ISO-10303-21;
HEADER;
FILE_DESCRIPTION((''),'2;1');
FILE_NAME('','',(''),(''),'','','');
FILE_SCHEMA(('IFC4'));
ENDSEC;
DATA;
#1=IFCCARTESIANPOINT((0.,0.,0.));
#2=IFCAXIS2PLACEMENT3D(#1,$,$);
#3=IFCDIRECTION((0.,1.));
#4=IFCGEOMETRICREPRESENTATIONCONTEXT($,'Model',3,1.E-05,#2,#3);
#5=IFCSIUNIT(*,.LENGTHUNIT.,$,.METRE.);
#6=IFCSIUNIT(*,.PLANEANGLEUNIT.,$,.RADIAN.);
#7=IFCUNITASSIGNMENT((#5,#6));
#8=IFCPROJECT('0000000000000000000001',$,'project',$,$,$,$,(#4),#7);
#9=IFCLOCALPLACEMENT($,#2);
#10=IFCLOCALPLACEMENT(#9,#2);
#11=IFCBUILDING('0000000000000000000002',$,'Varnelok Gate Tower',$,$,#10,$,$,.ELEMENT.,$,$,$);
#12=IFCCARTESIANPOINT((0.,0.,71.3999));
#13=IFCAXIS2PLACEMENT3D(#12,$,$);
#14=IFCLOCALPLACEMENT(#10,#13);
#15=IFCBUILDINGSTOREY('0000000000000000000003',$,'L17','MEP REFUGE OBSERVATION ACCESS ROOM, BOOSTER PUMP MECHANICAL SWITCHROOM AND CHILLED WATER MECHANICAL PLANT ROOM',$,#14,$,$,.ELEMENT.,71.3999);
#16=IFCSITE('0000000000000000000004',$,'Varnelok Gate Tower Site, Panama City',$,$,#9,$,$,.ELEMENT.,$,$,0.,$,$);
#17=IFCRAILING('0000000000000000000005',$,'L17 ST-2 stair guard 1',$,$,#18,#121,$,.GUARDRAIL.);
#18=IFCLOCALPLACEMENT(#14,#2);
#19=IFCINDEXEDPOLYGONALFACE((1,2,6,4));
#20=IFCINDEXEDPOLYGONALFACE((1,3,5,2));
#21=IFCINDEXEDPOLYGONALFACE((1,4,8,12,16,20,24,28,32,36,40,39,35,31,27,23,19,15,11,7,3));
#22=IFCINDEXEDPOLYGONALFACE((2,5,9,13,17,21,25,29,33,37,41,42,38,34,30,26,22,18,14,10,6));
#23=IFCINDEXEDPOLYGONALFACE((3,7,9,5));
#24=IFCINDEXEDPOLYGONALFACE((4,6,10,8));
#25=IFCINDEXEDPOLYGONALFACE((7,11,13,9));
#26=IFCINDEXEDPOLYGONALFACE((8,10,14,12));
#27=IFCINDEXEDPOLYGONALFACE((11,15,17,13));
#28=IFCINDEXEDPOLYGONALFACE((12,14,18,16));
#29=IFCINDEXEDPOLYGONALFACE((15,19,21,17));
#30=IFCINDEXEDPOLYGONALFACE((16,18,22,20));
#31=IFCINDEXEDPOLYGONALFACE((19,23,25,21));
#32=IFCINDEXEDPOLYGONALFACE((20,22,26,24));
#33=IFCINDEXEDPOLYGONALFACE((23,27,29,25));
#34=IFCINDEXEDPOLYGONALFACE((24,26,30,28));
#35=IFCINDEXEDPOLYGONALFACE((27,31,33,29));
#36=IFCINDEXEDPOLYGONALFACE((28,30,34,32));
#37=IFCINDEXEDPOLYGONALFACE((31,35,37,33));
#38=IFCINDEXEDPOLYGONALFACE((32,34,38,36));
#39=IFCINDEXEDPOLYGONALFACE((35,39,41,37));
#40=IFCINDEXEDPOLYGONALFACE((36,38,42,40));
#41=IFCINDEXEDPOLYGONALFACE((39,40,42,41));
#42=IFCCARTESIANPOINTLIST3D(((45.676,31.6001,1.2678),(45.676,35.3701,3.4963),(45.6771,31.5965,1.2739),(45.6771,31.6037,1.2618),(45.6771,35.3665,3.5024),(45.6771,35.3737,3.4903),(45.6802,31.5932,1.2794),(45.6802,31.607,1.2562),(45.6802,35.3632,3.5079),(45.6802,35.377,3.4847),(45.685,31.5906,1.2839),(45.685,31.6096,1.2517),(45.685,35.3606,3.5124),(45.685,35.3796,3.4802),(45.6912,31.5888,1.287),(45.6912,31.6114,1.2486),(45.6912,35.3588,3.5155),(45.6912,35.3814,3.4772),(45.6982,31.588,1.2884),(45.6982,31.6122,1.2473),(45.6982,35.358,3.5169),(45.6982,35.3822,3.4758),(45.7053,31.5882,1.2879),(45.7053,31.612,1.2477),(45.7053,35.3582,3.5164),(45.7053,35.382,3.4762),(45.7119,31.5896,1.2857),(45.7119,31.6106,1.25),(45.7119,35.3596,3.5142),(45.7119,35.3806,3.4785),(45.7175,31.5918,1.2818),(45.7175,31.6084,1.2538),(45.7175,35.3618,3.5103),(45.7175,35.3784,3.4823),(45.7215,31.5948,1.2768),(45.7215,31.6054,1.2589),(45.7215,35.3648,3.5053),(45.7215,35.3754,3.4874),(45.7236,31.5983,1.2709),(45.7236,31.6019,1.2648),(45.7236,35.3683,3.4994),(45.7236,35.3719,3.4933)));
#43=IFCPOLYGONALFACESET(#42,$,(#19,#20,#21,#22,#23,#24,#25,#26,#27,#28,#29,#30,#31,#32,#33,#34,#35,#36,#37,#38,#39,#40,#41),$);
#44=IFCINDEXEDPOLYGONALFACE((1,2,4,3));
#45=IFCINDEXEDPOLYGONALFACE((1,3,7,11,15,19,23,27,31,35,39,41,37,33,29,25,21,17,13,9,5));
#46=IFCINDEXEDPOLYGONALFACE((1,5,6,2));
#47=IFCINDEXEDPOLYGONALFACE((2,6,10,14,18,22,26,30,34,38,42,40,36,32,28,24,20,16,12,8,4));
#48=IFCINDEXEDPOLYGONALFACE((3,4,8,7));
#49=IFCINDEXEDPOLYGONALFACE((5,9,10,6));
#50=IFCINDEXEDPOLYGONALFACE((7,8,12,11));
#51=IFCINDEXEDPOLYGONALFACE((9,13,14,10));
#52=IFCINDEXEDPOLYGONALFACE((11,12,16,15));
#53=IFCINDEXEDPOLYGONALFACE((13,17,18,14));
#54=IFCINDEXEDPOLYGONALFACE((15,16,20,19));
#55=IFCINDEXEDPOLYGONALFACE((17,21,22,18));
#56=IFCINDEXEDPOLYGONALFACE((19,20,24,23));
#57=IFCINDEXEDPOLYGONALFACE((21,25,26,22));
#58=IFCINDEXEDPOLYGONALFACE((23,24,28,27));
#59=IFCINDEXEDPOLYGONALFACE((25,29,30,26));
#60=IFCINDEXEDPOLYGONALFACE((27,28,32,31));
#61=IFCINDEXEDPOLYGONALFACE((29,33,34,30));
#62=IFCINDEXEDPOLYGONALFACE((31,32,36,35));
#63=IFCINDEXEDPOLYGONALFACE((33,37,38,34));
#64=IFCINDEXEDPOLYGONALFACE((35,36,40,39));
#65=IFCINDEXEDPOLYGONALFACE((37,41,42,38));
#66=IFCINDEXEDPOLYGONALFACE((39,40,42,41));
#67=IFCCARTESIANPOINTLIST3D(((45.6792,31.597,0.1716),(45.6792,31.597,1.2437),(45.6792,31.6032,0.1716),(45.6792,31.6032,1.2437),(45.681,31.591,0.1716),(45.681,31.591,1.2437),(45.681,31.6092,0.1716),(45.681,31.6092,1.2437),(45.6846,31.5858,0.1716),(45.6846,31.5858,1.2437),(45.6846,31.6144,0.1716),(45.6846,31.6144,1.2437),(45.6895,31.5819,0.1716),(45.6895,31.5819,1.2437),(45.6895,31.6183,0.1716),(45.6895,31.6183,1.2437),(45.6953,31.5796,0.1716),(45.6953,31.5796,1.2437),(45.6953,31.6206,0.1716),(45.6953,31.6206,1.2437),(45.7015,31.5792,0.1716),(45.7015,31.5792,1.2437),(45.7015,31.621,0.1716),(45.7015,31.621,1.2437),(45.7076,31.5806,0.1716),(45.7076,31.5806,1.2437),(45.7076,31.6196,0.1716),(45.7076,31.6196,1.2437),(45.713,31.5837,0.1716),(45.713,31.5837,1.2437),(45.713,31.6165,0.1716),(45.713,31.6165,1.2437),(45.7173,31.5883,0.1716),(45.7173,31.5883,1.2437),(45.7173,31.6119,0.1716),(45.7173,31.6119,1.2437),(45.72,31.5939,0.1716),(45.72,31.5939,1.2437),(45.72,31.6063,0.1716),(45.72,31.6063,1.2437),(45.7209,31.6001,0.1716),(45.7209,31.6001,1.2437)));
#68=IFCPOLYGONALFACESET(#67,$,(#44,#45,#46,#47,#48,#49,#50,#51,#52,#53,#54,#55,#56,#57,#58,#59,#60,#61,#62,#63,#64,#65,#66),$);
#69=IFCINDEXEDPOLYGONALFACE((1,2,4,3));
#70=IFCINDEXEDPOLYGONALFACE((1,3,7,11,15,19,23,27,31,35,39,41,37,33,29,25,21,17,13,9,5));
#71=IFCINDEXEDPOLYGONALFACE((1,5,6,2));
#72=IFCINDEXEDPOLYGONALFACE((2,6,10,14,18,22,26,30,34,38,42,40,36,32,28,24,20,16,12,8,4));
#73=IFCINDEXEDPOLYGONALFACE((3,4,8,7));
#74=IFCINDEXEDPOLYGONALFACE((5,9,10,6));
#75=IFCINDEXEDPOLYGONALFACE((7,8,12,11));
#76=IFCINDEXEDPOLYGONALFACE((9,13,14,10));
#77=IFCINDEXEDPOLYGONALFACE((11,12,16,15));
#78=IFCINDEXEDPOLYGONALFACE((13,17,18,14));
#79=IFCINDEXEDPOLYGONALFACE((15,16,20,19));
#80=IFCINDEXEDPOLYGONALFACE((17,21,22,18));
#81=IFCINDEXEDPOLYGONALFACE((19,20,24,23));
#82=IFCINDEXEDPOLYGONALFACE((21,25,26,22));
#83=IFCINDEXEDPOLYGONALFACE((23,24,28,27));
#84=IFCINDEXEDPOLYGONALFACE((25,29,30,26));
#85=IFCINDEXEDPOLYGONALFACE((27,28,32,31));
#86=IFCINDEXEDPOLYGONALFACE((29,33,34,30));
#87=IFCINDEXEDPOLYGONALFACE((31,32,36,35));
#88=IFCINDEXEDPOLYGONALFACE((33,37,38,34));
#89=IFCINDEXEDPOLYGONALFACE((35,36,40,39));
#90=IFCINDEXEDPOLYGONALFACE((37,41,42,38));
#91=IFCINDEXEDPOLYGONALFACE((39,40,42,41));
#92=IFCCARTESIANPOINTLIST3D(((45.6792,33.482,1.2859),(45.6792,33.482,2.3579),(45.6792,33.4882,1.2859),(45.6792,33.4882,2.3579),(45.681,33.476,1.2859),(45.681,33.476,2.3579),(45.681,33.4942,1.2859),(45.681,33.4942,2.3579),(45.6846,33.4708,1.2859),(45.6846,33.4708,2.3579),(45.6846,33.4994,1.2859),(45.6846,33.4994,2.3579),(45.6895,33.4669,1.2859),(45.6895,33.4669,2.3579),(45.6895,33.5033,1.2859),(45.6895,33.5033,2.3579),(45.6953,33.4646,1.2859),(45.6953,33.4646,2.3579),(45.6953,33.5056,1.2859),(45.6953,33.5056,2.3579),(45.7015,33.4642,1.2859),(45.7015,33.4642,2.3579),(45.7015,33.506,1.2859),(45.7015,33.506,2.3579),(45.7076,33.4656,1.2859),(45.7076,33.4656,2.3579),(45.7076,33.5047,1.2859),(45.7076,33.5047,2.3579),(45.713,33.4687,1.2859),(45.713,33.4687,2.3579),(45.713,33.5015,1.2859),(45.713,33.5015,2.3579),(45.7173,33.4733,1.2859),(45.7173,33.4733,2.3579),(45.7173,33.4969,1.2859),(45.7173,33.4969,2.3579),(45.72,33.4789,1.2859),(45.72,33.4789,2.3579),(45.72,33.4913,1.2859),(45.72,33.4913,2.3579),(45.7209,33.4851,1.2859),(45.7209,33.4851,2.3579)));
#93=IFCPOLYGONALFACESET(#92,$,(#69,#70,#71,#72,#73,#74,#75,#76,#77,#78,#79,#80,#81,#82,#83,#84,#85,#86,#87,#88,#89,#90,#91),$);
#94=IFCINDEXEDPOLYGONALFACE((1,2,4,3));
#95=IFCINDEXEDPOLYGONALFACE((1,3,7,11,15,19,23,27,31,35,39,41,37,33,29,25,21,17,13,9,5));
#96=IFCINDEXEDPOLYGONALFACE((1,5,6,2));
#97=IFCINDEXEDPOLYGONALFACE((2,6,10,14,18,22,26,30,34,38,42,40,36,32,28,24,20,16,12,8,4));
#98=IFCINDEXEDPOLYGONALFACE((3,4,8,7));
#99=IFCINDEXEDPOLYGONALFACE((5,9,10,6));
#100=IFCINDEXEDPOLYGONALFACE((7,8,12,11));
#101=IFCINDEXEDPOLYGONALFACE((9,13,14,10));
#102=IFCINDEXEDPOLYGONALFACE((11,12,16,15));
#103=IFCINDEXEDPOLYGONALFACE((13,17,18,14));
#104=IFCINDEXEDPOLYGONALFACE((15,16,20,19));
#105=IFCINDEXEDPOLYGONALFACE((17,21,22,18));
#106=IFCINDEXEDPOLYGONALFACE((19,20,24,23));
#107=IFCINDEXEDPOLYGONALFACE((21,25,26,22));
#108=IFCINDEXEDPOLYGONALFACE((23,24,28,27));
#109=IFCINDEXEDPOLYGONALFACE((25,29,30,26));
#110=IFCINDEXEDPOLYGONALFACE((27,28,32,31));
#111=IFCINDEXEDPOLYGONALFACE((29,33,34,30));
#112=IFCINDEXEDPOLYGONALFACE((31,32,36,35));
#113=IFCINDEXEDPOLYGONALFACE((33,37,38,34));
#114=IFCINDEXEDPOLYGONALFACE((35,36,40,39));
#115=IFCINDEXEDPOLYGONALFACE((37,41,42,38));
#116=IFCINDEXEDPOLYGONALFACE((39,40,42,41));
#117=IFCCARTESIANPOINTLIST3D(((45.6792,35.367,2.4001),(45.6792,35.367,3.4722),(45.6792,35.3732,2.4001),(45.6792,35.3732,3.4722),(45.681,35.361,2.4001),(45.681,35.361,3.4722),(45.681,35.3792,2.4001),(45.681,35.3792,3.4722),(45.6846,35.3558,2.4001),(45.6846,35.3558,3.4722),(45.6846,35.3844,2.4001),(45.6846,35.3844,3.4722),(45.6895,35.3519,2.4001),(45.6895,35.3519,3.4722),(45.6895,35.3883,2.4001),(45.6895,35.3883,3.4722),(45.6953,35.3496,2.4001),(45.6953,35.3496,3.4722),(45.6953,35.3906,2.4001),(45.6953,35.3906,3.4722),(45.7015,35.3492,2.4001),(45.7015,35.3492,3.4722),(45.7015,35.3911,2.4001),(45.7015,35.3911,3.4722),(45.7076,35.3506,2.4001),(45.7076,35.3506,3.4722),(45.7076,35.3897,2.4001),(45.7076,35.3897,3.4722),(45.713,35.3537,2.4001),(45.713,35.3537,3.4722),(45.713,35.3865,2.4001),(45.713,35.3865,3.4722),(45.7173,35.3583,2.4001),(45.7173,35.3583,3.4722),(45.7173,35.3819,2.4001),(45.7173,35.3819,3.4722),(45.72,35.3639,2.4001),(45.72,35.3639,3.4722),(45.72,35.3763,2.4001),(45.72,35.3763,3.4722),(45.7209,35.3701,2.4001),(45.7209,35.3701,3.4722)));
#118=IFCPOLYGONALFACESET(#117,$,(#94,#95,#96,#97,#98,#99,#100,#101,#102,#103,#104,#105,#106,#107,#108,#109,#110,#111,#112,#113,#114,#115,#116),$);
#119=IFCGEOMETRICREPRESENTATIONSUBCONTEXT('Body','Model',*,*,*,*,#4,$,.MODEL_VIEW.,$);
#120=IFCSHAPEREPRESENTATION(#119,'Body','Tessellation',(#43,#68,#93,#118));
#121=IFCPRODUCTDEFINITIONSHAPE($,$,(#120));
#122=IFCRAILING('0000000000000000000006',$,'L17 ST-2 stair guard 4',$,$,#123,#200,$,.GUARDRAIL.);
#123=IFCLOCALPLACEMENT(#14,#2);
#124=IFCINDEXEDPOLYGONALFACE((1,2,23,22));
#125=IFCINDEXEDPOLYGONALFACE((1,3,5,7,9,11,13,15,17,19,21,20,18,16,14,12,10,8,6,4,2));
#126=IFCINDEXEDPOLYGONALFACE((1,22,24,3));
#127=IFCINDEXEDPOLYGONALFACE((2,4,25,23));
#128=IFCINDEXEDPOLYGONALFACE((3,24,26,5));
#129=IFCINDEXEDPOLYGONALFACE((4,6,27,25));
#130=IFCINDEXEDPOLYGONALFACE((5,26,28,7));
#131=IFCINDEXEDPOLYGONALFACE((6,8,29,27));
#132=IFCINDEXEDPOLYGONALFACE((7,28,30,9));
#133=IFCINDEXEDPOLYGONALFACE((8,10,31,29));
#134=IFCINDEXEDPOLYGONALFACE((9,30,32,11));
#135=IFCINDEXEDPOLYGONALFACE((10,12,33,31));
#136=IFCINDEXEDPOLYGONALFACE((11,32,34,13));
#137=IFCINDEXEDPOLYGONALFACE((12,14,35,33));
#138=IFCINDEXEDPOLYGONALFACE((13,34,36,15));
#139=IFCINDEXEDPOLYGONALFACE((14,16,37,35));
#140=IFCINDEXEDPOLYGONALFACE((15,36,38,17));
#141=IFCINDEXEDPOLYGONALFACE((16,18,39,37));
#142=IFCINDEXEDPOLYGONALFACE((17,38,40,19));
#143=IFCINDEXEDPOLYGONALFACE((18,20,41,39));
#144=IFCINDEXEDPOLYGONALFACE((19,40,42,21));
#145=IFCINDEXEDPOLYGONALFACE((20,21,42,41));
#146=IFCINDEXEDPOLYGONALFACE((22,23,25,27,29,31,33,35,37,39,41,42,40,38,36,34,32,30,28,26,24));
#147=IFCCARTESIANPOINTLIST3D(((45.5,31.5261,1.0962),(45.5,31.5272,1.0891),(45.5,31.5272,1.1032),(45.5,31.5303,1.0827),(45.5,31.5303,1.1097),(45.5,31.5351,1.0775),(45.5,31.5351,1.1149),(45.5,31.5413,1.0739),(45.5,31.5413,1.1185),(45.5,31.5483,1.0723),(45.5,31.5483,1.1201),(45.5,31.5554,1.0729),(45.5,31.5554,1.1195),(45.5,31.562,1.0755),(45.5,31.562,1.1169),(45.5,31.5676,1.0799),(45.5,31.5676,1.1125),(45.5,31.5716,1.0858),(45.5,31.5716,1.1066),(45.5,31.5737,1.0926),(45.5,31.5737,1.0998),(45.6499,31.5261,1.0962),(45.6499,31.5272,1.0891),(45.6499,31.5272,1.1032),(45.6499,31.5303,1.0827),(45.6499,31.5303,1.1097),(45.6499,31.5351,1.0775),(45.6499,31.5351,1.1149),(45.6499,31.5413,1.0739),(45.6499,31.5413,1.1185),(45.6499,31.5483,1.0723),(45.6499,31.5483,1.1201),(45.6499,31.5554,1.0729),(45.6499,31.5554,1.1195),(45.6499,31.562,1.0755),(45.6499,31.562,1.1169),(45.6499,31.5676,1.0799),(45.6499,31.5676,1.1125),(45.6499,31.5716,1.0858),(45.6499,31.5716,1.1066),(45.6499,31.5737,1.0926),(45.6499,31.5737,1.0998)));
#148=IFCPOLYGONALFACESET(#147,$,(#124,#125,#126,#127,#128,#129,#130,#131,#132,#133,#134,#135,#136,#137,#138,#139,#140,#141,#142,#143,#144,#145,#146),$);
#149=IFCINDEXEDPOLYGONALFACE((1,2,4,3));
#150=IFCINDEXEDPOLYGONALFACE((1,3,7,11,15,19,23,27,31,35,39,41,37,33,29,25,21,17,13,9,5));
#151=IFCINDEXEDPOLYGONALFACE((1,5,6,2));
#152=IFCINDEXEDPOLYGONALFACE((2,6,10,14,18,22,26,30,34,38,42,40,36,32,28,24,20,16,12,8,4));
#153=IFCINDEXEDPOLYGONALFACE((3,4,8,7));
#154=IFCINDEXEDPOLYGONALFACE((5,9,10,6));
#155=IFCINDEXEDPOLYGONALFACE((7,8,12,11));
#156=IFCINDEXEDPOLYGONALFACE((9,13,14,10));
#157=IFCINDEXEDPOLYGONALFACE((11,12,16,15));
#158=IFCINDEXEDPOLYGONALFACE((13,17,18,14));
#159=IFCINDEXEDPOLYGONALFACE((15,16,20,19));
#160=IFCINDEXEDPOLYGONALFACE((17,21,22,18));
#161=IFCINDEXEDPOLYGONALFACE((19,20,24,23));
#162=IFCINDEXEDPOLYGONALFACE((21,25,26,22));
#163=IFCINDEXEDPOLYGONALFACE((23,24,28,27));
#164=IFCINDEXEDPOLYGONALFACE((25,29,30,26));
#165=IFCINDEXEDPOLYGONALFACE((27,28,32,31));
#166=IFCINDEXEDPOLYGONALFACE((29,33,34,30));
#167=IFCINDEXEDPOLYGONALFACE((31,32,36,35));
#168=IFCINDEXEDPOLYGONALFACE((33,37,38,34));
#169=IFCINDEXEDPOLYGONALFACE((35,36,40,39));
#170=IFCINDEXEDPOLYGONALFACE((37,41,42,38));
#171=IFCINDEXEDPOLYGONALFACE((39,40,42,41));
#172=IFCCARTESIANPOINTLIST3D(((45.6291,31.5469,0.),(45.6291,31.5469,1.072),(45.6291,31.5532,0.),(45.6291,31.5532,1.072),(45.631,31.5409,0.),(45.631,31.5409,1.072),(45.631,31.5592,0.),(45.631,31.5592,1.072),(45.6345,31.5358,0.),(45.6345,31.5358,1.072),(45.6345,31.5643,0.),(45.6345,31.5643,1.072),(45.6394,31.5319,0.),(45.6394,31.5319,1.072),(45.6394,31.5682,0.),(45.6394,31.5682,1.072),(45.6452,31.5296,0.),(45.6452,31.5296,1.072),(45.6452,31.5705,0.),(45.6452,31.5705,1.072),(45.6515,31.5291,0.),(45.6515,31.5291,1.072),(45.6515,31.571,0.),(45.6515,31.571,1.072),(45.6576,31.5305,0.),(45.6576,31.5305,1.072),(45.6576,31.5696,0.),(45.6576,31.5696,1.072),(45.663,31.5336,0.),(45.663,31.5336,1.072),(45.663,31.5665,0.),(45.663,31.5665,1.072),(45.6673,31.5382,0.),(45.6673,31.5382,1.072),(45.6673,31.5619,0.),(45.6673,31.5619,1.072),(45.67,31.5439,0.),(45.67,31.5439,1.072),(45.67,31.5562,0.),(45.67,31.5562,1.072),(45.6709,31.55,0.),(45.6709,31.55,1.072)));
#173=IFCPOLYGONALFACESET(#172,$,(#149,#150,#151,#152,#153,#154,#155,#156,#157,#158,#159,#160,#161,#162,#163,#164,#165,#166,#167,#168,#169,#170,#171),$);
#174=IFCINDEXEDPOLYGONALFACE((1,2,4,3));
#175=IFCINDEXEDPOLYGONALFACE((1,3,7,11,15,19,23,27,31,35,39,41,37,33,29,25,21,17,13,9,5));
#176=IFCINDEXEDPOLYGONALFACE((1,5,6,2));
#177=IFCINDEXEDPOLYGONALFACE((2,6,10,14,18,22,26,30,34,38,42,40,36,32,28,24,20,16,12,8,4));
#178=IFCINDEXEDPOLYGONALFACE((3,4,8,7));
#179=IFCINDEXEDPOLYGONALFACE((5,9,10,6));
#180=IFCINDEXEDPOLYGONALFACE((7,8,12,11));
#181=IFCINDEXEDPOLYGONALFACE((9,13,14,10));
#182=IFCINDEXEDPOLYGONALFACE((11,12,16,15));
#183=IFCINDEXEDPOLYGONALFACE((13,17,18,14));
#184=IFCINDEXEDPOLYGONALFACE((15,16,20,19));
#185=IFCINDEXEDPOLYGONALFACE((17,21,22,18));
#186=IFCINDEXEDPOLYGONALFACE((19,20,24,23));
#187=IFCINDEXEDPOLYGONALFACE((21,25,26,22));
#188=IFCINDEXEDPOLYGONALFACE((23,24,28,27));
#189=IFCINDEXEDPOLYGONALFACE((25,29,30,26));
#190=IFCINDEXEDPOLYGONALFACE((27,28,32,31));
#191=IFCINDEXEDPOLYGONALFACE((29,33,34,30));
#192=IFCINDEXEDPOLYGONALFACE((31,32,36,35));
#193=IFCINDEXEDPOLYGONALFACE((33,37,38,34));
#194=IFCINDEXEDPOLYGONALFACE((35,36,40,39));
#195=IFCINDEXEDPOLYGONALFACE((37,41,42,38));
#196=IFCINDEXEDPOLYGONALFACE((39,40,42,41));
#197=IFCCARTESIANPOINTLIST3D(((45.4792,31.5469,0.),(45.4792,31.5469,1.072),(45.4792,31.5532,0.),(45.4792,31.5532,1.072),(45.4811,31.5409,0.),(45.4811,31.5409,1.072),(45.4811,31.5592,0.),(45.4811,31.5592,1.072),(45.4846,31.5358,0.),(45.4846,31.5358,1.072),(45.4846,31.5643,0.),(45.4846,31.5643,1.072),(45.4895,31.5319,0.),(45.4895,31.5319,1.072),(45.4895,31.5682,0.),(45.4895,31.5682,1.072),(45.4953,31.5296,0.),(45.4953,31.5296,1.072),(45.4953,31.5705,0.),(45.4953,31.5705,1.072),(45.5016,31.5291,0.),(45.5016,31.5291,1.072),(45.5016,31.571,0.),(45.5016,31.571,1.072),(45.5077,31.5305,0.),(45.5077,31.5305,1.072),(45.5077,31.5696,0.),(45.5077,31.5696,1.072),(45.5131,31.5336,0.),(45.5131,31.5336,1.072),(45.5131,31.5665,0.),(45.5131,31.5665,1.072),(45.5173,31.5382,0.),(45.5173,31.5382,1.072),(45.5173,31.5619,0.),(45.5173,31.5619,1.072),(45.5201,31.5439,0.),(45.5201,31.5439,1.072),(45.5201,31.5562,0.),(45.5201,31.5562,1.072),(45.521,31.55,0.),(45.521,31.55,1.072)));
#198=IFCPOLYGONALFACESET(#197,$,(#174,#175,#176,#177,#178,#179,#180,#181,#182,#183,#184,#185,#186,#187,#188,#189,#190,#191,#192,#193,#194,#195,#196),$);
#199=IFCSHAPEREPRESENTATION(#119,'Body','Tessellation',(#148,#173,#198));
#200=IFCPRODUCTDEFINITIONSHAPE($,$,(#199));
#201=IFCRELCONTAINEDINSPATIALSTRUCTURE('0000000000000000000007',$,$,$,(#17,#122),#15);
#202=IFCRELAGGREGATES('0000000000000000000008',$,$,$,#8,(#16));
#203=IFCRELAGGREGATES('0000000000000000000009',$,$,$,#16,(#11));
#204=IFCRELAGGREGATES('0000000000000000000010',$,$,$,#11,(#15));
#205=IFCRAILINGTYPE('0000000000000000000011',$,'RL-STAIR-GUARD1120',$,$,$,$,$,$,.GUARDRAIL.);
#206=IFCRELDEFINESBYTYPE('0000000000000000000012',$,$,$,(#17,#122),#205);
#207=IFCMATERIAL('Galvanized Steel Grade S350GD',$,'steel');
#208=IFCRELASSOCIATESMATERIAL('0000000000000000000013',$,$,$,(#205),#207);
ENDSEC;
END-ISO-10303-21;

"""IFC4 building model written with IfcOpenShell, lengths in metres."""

from ifc_helpers import new_model, si_unit, direction, frame, origin, origin_2d, place, context, subcontext, project, spatial, circle, extrude, material, type_object, element, save


model = new_model("IFC4")

# Units and contexts
model_context = context("Model", 3, precision=1e-05, world=origin(), true_north=direction((0.0, 1.0)))
body_context = subcontext(model_context, "Body", "Model", "MODEL_VIEW")
ifc_project = project(units=[si_unit("LENGTHUNIT", "METRE"), si_unit("PLANEANGLEUNIT", "RADIAN")], contexts=[model_context])

# Site, building, storey
site_placement = place(None, origin())
site = spatial("IfcSite", under=ifc_project, at=site_placement, Name="Varnelok Gate Tower Site, Panama City", CompositionType="ELEMENT", RefElevation=0.0)
building_placement = place(site_placement, origin())
building = spatial("IfcBuilding", under=site, at=building_placement, Name="Varnelok Gate Tower", CompositionType="ELEMENT")
storey_placement = place(building_placement, frame((0.0, 0.0, 71.3999)))
storey = spatial("IfcBuildingStorey", under=building, at=storey_placement, Name="L17", Description="MEP REFUGE OBSERVATION ACCESS ROOM, BOOSTER PUMP MECHANICAL SWITCHROOM AND CHILLED WATER MECHANICAL PLANT ROOM", CompositionType="ELEMENT", Elevation=71.3999)

# Shared definitions
ifc_material_1 = material(Name="Galvanized Steel Grade S350GD", Category="steel")

# Railings
railing_type_1 = type_object("IfcRailingType", Name="RL-STAIR-GUARD1120", PredefinedType="GUARDRAIL", material=ifc_material_1)
railing_1_placement = place(storey_placement, frame((45.7, 31.6001, 0.1716)))
element("IfcRailing", 1, at=railing_1_placement, inside=storey, type_object=railing_type_1, Name="L17 ST-2 stair guard 1", PredefinedType="GUARDRAIL", context=body_context, shape_type="SweptSolid", body=[
    extrude(circle(Radius=0.0239, at=origin_2d()), frame((0.0, 0.0, 1.0962), z_axis=(0.0, 0.860849, 0.508861), x_axis=(-1.0, 0.0, 0.0)), (0.0, 0.0, 1.0), 4.3794),
    extrude(circle(Radius=0.021, at=origin_2d()), origin(), (0.0, 0.0, 1.0), 1.072),
    extrude(circle(Radius=0.021, at=origin_2d()), frame((0.0, 1.885, 1.1143)), (0.0, 0.0, 1.0), 1.072),
    extrude(circle(Radius=0.021, at=origin_2d()), frame((0.0, 3.77, 2.2285)), (0.0, 0.0, 1.0), 1.072),
])
railing_2_placement = place(storey_placement, frame((45.6499, 31.55, 0.0)))
element("IfcRailing", 2, at=railing_2_placement, inside=storey, type_object=railing_type_1, Name="L17 ST-2 stair guard 4", PredefinedType="GUARDRAIL", context=body_context, shape_type="SweptSolid", body=[
    extrude(circle(Radius=0.0239, at=origin_2d()), frame((0.0, 0.0, 1.0962), z_axis=(-1.0, 0.0, 0.0), x_axis=(0.0, -1.0, 0.0)), (0.0, 0.0, 1.0), 0.1499),
    extrude(circle(Radius=0.021, at=origin_2d()), origin(), (0.0, 0.0, 1.0), 1.072),
    extrude(circle(Radius=0.021, at=origin_2d()), frame((-0.1499, 0.0, 0.0)), (0.0, 0.0, 1.0), 1.072),
])

save(model, "model.ifc")
